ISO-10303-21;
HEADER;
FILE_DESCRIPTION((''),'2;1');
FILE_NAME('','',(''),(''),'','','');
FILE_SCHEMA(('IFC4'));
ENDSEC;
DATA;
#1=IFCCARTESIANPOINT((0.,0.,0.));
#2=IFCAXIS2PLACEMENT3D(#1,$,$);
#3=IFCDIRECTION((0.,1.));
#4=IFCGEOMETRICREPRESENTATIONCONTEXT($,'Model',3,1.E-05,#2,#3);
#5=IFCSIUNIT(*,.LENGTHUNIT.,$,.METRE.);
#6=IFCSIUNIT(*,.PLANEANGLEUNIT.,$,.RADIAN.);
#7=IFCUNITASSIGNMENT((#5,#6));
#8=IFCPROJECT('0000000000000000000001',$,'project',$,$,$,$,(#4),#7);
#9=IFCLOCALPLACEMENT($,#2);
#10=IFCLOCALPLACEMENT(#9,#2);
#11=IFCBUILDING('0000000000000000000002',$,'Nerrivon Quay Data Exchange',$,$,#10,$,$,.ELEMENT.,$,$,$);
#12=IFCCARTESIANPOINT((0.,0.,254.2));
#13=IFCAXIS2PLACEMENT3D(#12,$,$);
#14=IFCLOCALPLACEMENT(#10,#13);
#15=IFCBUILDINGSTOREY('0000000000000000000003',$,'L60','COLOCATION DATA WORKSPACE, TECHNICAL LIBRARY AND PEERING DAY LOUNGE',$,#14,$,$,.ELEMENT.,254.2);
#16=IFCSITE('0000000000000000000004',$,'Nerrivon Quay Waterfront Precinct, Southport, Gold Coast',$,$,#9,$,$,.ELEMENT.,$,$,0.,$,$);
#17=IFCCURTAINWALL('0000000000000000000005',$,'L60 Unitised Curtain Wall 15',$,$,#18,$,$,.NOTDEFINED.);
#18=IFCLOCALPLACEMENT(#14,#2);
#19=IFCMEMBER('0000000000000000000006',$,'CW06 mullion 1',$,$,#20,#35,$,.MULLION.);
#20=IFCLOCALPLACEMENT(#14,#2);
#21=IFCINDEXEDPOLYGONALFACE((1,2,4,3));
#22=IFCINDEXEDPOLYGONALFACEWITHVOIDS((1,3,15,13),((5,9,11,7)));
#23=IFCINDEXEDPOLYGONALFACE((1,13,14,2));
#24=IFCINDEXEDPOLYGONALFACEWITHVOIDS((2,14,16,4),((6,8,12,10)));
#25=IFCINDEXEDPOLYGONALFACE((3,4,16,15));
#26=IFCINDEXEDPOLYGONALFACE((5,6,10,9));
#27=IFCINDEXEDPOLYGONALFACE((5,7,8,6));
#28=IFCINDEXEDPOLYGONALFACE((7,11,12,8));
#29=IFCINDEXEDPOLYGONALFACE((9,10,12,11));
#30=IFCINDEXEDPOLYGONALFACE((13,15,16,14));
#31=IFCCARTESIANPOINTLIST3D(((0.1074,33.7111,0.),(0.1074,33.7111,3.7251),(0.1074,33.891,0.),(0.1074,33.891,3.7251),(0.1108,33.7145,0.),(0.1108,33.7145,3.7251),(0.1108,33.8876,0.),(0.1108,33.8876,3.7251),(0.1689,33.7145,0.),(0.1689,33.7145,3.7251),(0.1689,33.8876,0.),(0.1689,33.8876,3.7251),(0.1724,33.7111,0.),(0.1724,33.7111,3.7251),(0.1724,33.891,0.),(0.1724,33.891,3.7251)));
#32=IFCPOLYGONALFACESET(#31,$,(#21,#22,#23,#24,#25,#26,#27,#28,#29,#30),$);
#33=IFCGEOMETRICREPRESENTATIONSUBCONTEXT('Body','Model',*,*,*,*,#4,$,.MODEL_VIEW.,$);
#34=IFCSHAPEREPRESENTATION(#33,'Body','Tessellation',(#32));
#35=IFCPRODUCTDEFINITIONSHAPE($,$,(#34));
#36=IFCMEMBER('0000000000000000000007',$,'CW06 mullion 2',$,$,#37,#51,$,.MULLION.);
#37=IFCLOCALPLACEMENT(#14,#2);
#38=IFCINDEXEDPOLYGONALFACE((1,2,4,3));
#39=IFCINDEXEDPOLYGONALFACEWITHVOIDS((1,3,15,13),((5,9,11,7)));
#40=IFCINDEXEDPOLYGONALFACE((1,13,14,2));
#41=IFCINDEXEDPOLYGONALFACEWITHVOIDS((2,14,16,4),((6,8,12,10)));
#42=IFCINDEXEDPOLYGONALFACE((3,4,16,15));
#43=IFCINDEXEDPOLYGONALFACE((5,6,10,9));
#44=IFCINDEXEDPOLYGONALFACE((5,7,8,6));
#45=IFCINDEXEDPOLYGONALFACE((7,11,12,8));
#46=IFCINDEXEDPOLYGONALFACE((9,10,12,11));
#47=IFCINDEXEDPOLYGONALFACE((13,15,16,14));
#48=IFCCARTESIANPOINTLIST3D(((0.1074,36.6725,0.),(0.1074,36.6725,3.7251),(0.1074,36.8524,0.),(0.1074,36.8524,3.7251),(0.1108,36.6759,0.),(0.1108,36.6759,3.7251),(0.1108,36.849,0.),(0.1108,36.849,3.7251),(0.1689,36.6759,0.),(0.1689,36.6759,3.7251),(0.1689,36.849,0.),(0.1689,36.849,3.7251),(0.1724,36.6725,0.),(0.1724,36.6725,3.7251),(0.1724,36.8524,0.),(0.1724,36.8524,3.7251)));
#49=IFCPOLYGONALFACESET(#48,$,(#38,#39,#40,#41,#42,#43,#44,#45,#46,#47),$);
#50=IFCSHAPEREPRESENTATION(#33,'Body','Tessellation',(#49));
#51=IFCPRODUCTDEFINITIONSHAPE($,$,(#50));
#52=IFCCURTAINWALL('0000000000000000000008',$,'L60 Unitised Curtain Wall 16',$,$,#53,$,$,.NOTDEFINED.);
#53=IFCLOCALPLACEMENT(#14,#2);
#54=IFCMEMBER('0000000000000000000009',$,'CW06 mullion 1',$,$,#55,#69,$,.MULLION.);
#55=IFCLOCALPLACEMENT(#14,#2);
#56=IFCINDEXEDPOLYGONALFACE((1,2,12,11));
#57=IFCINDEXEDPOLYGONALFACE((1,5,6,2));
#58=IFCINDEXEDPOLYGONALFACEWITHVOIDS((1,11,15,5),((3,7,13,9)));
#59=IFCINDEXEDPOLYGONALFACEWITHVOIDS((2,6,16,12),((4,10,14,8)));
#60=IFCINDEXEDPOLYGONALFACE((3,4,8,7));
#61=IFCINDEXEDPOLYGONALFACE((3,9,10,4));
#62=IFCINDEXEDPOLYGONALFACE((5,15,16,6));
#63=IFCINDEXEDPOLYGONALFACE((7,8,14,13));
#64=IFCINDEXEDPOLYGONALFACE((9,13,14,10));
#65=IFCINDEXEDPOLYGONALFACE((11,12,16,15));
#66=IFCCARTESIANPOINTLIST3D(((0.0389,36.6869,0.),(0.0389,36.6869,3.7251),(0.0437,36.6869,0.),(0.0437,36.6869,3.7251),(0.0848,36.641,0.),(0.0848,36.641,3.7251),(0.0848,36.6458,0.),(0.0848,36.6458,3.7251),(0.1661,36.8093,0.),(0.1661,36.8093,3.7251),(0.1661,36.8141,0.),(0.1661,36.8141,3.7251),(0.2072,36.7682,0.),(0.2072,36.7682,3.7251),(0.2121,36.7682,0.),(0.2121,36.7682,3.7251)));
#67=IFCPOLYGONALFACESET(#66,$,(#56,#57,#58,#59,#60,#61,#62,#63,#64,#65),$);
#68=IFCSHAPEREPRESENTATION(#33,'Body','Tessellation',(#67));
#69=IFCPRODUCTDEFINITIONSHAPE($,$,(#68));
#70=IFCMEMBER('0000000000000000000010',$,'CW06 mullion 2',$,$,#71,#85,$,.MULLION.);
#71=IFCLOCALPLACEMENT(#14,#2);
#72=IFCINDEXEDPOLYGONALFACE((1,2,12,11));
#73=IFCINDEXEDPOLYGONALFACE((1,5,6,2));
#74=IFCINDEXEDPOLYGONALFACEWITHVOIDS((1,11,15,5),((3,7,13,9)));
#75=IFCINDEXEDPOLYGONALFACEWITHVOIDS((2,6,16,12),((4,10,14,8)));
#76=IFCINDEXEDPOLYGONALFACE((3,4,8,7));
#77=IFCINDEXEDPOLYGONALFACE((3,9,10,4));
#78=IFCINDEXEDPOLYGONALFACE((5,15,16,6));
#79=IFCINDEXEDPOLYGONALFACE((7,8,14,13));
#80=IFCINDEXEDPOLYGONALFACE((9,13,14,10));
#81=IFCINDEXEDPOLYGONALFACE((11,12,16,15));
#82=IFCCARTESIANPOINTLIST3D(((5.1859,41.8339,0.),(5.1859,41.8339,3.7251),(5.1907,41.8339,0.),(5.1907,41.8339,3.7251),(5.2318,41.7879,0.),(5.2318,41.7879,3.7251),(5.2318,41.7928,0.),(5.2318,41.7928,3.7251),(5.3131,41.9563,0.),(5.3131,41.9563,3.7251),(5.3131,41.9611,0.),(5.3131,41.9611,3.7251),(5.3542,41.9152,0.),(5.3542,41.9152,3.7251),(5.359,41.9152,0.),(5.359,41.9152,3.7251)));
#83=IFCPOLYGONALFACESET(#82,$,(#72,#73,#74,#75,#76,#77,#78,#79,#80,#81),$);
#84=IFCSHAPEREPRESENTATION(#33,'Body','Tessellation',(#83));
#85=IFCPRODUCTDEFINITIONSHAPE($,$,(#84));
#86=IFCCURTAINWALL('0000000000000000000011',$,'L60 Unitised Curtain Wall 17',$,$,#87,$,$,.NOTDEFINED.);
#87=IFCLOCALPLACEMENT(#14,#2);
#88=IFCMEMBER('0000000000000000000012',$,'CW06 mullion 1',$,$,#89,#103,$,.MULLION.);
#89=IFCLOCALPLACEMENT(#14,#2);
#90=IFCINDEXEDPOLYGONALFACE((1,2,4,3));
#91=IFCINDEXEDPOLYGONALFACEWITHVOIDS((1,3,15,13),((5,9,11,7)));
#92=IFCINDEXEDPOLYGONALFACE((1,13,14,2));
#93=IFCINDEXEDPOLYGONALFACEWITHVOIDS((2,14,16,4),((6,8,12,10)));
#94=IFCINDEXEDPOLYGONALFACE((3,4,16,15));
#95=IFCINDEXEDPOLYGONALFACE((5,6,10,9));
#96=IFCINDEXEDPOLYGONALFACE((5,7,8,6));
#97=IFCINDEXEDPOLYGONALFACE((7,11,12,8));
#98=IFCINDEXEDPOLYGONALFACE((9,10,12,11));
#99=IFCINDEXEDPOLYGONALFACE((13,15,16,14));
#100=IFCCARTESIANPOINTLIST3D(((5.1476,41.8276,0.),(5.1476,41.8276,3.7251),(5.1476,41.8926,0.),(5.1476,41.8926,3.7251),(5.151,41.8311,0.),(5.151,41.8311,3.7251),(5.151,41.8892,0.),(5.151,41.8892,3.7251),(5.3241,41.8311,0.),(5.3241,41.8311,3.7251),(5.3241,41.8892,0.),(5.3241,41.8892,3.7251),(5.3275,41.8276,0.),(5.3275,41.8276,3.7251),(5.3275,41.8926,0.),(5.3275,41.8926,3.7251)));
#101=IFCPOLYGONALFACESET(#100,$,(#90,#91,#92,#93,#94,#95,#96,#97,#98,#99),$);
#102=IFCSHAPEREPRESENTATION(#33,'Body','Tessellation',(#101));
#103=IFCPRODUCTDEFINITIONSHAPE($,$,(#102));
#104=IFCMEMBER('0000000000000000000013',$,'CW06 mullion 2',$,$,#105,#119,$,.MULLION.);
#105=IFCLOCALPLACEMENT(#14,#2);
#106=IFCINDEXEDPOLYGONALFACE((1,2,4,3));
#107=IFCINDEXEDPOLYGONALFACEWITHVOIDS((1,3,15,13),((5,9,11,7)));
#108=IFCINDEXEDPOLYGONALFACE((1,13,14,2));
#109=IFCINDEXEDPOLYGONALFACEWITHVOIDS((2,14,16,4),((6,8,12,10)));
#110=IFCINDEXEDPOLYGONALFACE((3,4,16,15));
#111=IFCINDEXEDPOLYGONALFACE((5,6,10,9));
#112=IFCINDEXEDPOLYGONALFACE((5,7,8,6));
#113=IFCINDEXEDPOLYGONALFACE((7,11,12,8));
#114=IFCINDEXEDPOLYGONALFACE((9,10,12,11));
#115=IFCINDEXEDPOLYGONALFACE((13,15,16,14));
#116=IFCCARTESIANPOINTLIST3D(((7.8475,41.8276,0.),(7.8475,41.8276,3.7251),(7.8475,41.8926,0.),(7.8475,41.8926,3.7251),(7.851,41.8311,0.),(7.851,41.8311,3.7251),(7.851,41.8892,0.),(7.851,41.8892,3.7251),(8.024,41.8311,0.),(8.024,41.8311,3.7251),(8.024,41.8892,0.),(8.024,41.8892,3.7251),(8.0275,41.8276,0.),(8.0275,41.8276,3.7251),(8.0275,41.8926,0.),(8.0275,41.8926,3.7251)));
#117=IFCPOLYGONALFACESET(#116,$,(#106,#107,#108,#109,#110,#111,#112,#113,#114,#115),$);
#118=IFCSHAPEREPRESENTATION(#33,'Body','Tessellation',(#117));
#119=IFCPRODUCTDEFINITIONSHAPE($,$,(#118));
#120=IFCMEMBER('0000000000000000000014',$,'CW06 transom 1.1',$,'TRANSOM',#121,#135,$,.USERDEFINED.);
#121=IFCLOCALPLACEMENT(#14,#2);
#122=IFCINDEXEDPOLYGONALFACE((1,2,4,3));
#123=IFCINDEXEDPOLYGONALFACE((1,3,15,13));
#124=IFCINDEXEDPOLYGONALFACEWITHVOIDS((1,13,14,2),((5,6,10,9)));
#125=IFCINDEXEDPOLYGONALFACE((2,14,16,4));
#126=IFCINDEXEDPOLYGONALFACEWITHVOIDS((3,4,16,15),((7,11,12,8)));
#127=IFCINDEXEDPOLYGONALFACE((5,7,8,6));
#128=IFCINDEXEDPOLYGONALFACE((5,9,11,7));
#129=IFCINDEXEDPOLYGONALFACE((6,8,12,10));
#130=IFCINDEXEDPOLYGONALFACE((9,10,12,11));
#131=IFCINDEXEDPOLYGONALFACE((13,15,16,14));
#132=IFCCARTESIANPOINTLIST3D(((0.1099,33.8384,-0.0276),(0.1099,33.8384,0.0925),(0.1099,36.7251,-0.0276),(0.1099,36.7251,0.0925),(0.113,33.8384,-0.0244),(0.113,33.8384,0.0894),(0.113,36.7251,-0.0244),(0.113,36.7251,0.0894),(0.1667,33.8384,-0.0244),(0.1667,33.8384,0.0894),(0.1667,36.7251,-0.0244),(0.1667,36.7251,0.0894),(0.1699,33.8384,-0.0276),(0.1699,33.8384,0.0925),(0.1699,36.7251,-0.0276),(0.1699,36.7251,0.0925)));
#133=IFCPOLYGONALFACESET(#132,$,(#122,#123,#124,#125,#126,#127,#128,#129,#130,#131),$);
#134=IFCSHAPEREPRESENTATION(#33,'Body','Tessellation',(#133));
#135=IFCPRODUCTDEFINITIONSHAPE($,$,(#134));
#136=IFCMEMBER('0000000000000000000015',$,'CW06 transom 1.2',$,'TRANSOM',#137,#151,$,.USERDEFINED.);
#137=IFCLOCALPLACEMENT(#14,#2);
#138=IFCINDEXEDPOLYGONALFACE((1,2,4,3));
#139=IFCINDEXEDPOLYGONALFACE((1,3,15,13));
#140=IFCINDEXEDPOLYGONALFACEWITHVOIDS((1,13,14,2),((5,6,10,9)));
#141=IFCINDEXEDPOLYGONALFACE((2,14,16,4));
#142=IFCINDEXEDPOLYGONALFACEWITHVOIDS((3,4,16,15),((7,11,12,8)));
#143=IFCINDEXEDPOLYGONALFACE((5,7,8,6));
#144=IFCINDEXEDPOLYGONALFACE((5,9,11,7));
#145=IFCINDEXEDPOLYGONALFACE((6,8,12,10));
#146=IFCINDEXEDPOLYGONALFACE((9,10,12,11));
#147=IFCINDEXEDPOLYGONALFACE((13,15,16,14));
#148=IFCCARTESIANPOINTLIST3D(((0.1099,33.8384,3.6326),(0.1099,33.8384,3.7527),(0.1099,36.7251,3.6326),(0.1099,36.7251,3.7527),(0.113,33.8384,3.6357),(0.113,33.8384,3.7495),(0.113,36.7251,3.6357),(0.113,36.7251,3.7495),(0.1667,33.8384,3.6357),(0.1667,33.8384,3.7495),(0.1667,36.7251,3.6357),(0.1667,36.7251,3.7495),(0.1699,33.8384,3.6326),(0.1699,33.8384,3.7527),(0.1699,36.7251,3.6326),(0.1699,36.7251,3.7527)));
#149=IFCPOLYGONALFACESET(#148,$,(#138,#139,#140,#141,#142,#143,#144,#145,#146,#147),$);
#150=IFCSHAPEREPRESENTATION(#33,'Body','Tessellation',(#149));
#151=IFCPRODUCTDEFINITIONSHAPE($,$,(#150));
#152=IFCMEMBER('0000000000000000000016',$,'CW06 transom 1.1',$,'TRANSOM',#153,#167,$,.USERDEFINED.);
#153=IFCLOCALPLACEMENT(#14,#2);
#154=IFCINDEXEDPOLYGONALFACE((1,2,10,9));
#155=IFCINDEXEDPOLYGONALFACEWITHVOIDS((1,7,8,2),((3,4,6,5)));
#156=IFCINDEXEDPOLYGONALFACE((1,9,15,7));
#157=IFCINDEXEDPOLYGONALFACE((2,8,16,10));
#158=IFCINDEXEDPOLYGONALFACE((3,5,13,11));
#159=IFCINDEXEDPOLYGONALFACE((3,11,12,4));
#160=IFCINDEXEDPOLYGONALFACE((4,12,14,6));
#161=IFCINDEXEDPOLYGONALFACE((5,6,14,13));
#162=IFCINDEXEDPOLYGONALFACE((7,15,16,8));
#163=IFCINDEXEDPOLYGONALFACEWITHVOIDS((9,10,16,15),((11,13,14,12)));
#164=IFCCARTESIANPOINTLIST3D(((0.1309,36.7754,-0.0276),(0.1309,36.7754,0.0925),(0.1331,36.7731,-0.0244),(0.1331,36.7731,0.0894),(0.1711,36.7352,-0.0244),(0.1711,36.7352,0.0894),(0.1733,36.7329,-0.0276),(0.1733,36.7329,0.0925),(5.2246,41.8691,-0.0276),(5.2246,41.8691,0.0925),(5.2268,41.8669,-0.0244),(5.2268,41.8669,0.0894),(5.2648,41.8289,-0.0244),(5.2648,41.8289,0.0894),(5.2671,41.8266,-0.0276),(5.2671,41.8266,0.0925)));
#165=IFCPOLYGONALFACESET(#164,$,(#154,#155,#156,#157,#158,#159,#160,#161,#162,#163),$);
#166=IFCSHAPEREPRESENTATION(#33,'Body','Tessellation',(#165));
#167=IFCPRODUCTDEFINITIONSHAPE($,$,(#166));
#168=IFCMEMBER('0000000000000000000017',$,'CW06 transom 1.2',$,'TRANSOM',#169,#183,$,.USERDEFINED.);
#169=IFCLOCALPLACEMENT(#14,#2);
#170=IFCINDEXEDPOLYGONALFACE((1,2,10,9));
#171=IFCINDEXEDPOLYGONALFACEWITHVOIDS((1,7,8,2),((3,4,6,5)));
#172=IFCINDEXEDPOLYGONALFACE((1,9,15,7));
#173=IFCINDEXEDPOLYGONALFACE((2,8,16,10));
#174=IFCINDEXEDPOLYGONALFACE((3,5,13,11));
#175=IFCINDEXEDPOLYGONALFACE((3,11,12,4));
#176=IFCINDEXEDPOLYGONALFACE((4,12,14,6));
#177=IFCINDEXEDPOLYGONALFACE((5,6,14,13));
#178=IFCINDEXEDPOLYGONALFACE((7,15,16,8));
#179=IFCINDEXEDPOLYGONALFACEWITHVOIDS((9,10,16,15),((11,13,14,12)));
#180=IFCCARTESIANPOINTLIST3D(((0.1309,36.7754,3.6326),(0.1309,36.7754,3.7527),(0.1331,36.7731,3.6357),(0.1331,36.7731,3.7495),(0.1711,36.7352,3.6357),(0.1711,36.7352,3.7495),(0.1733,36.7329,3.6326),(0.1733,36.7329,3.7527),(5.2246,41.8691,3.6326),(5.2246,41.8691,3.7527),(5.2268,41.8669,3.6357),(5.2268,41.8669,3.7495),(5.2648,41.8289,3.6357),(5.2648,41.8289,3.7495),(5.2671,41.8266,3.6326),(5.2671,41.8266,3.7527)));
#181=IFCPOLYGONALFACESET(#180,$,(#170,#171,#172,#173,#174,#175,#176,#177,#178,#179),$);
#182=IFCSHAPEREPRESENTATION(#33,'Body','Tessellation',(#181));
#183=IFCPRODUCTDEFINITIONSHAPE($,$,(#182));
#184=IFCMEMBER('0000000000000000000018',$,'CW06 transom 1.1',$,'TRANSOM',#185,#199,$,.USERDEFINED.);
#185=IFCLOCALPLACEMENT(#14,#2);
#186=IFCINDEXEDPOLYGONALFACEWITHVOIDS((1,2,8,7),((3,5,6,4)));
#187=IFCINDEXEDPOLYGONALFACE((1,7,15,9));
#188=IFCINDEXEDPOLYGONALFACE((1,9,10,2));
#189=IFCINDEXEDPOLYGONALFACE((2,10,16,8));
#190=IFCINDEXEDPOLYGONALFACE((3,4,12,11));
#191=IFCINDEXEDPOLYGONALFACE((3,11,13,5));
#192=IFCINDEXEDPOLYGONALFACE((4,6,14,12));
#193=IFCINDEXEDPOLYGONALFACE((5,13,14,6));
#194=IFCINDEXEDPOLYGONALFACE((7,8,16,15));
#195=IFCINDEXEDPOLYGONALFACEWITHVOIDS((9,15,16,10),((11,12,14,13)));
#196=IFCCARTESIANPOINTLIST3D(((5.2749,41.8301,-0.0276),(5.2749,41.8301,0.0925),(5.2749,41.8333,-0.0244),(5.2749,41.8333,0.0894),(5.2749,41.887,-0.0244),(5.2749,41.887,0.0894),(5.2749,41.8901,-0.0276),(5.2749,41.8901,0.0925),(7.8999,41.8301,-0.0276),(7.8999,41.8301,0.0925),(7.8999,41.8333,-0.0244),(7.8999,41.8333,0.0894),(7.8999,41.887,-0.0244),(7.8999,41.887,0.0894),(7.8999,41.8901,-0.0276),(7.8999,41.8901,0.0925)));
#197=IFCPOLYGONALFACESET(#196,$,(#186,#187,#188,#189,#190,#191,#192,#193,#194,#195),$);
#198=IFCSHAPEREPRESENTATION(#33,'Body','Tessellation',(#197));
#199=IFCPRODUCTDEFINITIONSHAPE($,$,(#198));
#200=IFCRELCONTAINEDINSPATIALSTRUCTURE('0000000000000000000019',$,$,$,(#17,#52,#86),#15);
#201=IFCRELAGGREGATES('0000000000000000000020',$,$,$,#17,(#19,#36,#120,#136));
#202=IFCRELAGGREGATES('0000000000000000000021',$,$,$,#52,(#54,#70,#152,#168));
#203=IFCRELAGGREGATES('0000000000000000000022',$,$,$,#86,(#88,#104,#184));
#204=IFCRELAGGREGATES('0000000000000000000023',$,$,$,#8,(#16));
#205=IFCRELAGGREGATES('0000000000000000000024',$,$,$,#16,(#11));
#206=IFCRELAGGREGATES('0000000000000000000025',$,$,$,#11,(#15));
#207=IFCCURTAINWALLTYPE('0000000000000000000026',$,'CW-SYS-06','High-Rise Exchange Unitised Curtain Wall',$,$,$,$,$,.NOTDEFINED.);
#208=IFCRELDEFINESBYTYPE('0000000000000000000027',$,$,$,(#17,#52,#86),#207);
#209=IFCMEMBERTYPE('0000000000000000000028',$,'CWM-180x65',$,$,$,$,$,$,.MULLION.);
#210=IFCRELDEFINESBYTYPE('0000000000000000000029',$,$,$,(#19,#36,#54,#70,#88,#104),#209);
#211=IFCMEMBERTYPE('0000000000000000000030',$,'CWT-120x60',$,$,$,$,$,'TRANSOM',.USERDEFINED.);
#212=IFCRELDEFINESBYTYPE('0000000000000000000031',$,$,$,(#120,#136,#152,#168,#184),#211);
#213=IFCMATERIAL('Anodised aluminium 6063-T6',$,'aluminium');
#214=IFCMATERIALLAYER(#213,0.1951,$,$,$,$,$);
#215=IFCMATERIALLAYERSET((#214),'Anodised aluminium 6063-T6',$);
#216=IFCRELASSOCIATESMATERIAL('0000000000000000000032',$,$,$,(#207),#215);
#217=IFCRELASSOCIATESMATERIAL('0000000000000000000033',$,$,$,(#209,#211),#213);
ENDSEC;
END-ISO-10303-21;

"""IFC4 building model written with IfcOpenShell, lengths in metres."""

from ifc_helpers import new_model, si_unit, direction, frame, origin, origin_2d, place, context, subcontext, project, spatial, hollow_rectangle, extrude, material, layer, layer_set, material_profile, profile_set, type_object, element, aggregate, save


model = new_model("IFC4")

# Units and contexts
model_context = context("Model", 3, precision=1e-05, world=origin(), true_north=direction((0.0, 1.0)))
body_context = subcontext(model_context, "Body", "Model", "MODEL_VIEW")
ifc_project = project(units=[si_unit("LENGTHUNIT", "METRE"), si_unit("PLANEANGLEUNIT", "RADIAN")], contexts=[model_context])

# Site, building, storey
site_placement = place(None, origin())
site = spatial("IfcSite", under=ifc_project, at=site_placement, Name="Nerrivon Quay Waterfront Precinct, Southport, Gold Coast", CompositionType="ELEMENT", RefElevation=0.0)
building_placement = place(site_placement, origin())
building = spatial("IfcBuilding", under=site, at=building_placement, Name="Nerrivon Quay Data Exchange", CompositionType="ELEMENT")
storey_placement = place(building_placement, frame((0.0, 0.0, 254.2)))
storey = spatial("IfcBuildingStorey", under=building, at=storey_placement, Name="L60", Description="COLOCATION DATA WORKSPACE, TECHNICAL LIBRARY AND PEERING DAY LOUNGE", CompositionType="ELEMENT", Elevation=254.2)

# Shared definitions
ifc_material_1 = material(Name="Anodised aluminium 6063-T6", Category="aluminium")
ifc_layer_1 = layer(ifc_material_1, 0.1951)
ifc_layer_set_1 = layer_set([ifc_layer_1], Name="Anodised aluminium 6063-T6")
curtain_wall_type = type_object("IfcCurtainWallType", Name="CW-SYS-06", Description="High-Rise Exchange Unitised Curtain Wall", PredefinedType="NOTDEFINED", material=ifc_layer_set_1)
ifc_material_profile_1 = material_profile(ifc_material_1, hollow_rectangle(XDim=0.0649, YDim=0.1799, WallThickness=0.0034, at=origin_2d()), Name="ALU-MULL-180x65")
ifc_profile_set_1 = profile_set([ifc_material_profile_1], Name="Anodised aluminium 6063-T6")
member_type_1 = type_object("IfcMemberType", Name="CWM-180x65", PredefinedType="MULLION", material=ifc_profile_set_1)

# Curtain walls, members
curtain_wall_1_placement = place(storey_placement, origin())
curtain_wall_1 = element("IfcCurtainWall", 1, at=curtain_wall_1_placement, inside=storey, type_object=curtain_wall_type, Name="L60 Unitised Curtain Wall 15", PredefinedType="NOTDEFINED")
member_1_placement = place(storey_placement, frame((0.1399, 33.801, 0.0), z_axis=(0.0, 0.0, 1.0), x_axis=(-1.0, 0.0, 0.0)))
member_1 = element("IfcMember", 2, at=member_1_placement, type_object=member_type_1, Name="CW06 mullion 1", PredefinedType="MULLION", context=body_context, shape_type="SweptSolid", body=[
    extrude(hollow_rectangle(XDim=0.0649, YDim=0.1799, WallThickness=0.0034, at=origin_2d()), origin(), (0.0, 0.0, 1.0), 3.7251),
])
member_2_placement = place(storey_placement, frame((0.1399, 36.7625, 0.0), z_axis=(0.0, 0.0, 1.0), x_axis=(-1.0, 0.0, 0.0)))
member_2 = element("IfcMember", 3, at=member_2_placement, type_object=member_type_1, Name="CW06 mullion 2", PredefinedType="MULLION", context=body_context, shape_type="SweptSolid", body=[
    extrude(hollow_rectangle(XDim=0.0649, YDim=0.1799, WallThickness=0.0034, at=origin_2d()), origin(), (0.0, 0.0, 1.0), 3.7251),
])
curtain_wall_2_placement = place(storey_placement, origin())
curtain_wall_2 = element("IfcCurtainWall", 4, at=curtain_wall_2_placement, inside=storey, type_object=curtain_wall_type, Name="L60 Unitised Curtain Wall 16", PredefinedType="NOTDEFINED")
member_3_placement = place(storey_placement, frame((0.1255, 36.7275, 0.0), z_axis=(0.0, 0.0, 1.0), x_axis=(-0.707107, 0.707107, 0.0)))
member_3 = element("IfcMember", 5, at=member_3_placement, type_object=member_type_1, Name="CW06 mullion 1", PredefinedType="MULLION", context=body_context, shape_type="SweptSolid", body=[
    extrude(hollow_rectangle(XDim=0.0649, YDim=0.1799, WallThickness=0.0034, at=origin_2d()), origin(), (0.0, 0.0, 1.0), 3.7251),
])
member_4_placement = place(storey_placement, frame((5.2725, 41.8745, 0.0), z_axis=(0.0, 0.0, 1.0), x_axis=(-0.707107, 0.707107, 0.0)))
member_4 = element("IfcMember", 6, at=member_4_placement, type_object=member_type_1, Name="CW06 mullion 2", PredefinedType="MULLION", context=body_context, shape_type="SweptSolid", body=[
    extrude(hollow_rectangle(XDim=0.0649, YDim=0.1799, WallThickness=0.0034, at=origin_2d()), origin(), (0.0, 0.0, 1.0), 3.7251),
])
curtain_wall_3_placement = place(storey_placement, origin())
curtain_wall_3 = element("IfcCurtainWall", 7, at=curtain_wall_3_placement, inside=storey, type_object=curtain_wall_type, Name="L60 Unitised Curtain Wall 17", PredefinedType="NOTDEFINED")
member_5_placement = place(storey_placement, frame((5.2375, 41.8601, 0.0), z_axis=(0.0, 0.0, 1.0), x_axis=(0.0, 1.0, 0.0)))
member_5 = element("IfcMember", 8, at=member_5_placement, type_object=member_type_1, Name="CW06 mullion 1", PredefinedType="MULLION", context=body_context, shape_type="SweptSolid", body=[
    extrude(hollow_rectangle(XDim=0.0649, YDim=0.1799, WallThickness=0.0034, at=origin_2d()), origin(), (0.0, 0.0, 1.0), 3.7251),
])
member_6_placement = place(storey_placement, frame((7.9375, 41.8601, 0.0), z_axis=(0.0, 0.0, 1.0), x_axis=(0.0, 1.0, 0.0)))
member_6 = element("IfcMember", 9, at=member_6_placement, type_object=member_type_1, Name="CW06 mullion 2", PredefinedType="MULLION", context=body_context, shape_type="SweptSolid", body=[
    extrude(hollow_rectangle(XDim=0.0649, YDim=0.1799, WallThickness=0.0034, at=origin_2d()), origin(), (0.0, 0.0, 1.0), 3.7251),
])

# Members
ifc_material_profile_2 = material_profile(ifc_material_1, hollow_rectangle(XDim=0.0601, YDim=0.1201, WallThickness=0.0032, at=origin_2d()), Name="ALU-TRAN-120x60")
ifc_profile_set_2 = profile_set([ifc_material_profile_2], Name="Anodised aluminium 6063-T6")
member_type_2 = type_object("IfcMemberType", Name="CWT-120x60", ElementType="TRANSOM", PredefinedType="USERDEFINED", material=ifc_profile_set_2)
member_7_placement = place(storey_placement, frame((0.1399, 33.8384, 0.0325), z_axis=(0.0, 1.0, 0.0), x_axis=(-1.0, 0.0, 0.0)))
member_7 = element("IfcMember", 10, at=member_7_placement, type_object=member_type_2, Name="CW06 transom 1.1", ObjectType="TRANSOM", PredefinedType="USERDEFINED", context=body_context, shape_type="SweptSolid", body=[
    extrude(hollow_rectangle(XDim=0.0601, YDim=0.1201, WallThickness=0.0032, at=origin_2d()), origin(), (0.0, 0.0, 1.0), 2.8867),
])
member_8_placement = place(storey_placement, frame((0.1399, 33.8384, 3.6926), z_axis=(0.0, 1.0, 0.0), x_axis=(-1.0, 0.0, 0.0)))
member_8 = element("IfcMember", 11, at=member_8_placement, type_object=member_type_2, Name="CW06 transom 1.2", ObjectType="TRANSOM", PredefinedType="USERDEFINED", context=body_context, shape_type="SweptSolid", body=[
    extrude(hollow_rectangle(XDim=0.0601, YDim=0.1201, WallThickness=0.0032, at=origin_2d()), origin(), (0.0, 0.0, 1.0), 2.8867),
])
member_9_placement = place(storey_placement, frame((0.1521, 36.7542, 0.0325), z_axis=(0.707107, 0.707107, 0.0), x_axis=(-0.707107, 0.707107, 0.0)))
member_9 = element("IfcMember", 12, at=member_9_placement, type_object=member_type_2, Name="CW06 transom 1.1", ObjectType="TRANSOM", PredefinedType="USERDEFINED", context=body_context, shape_type="SweptSolid", body=[
    extrude(hollow_rectangle(XDim=0.0601, YDim=0.1201, WallThickness=0.0032, at=origin_2d()), origin(), (0.0, 0.0, 1.0), 7.2036),
])
member_10_placement = place(storey_placement, frame((0.1521, 36.7542, 3.6926), z_axis=(0.707107, 0.707107, 0.0), x_axis=(-0.707107, 0.707107, 0.0)))
member_10 = element("IfcMember", 13, at=member_10_placement, type_object=member_type_2, Name="CW06 transom 1.2", ObjectType="TRANSOM", PredefinedType="USERDEFINED", context=body_context, shape_type="SweptSolid", body=[
    extrude(hollow_rectangle(XDim=0.0601, YDim=0.1201, WallThickness=0.0032, at=origin_2d()), origin(), (0.0, 0.0, 1.0), 7.2036),
])
member_11_placement = place(storey_placement, frame((5.2749, 41.8601, 0.0325), z_axis=(1.0, 0.0, 0.0), x_axis=(0.0, 1.0, 0.0)))
member_11 = element("IfcMember", 14, at=member_11_placement, type_object=member_type_2, Name="CW06 transom 1.1", ObjectType="TRANSOM", PredefinedType="USERDEFINED", context=body_context, shape_type="SweptSolid", body=[
    extrude(hollow_rectangle(XDim=0.0601, YDim=0.1201, WallThickness=0.0032, at=origin_2d()), origin(), (0.0, 0.0, 1.0), 2.625),
])

aggregate(curtain_wall_1, [member_1, member_2, member_7, member_8])
aggregate(curtain_wall_2, [member_3, member_4, member_9, member_10])
aggregate(curtain_wall_3, [member_5, member_6, member_11])

save(model, "model.ifc")
